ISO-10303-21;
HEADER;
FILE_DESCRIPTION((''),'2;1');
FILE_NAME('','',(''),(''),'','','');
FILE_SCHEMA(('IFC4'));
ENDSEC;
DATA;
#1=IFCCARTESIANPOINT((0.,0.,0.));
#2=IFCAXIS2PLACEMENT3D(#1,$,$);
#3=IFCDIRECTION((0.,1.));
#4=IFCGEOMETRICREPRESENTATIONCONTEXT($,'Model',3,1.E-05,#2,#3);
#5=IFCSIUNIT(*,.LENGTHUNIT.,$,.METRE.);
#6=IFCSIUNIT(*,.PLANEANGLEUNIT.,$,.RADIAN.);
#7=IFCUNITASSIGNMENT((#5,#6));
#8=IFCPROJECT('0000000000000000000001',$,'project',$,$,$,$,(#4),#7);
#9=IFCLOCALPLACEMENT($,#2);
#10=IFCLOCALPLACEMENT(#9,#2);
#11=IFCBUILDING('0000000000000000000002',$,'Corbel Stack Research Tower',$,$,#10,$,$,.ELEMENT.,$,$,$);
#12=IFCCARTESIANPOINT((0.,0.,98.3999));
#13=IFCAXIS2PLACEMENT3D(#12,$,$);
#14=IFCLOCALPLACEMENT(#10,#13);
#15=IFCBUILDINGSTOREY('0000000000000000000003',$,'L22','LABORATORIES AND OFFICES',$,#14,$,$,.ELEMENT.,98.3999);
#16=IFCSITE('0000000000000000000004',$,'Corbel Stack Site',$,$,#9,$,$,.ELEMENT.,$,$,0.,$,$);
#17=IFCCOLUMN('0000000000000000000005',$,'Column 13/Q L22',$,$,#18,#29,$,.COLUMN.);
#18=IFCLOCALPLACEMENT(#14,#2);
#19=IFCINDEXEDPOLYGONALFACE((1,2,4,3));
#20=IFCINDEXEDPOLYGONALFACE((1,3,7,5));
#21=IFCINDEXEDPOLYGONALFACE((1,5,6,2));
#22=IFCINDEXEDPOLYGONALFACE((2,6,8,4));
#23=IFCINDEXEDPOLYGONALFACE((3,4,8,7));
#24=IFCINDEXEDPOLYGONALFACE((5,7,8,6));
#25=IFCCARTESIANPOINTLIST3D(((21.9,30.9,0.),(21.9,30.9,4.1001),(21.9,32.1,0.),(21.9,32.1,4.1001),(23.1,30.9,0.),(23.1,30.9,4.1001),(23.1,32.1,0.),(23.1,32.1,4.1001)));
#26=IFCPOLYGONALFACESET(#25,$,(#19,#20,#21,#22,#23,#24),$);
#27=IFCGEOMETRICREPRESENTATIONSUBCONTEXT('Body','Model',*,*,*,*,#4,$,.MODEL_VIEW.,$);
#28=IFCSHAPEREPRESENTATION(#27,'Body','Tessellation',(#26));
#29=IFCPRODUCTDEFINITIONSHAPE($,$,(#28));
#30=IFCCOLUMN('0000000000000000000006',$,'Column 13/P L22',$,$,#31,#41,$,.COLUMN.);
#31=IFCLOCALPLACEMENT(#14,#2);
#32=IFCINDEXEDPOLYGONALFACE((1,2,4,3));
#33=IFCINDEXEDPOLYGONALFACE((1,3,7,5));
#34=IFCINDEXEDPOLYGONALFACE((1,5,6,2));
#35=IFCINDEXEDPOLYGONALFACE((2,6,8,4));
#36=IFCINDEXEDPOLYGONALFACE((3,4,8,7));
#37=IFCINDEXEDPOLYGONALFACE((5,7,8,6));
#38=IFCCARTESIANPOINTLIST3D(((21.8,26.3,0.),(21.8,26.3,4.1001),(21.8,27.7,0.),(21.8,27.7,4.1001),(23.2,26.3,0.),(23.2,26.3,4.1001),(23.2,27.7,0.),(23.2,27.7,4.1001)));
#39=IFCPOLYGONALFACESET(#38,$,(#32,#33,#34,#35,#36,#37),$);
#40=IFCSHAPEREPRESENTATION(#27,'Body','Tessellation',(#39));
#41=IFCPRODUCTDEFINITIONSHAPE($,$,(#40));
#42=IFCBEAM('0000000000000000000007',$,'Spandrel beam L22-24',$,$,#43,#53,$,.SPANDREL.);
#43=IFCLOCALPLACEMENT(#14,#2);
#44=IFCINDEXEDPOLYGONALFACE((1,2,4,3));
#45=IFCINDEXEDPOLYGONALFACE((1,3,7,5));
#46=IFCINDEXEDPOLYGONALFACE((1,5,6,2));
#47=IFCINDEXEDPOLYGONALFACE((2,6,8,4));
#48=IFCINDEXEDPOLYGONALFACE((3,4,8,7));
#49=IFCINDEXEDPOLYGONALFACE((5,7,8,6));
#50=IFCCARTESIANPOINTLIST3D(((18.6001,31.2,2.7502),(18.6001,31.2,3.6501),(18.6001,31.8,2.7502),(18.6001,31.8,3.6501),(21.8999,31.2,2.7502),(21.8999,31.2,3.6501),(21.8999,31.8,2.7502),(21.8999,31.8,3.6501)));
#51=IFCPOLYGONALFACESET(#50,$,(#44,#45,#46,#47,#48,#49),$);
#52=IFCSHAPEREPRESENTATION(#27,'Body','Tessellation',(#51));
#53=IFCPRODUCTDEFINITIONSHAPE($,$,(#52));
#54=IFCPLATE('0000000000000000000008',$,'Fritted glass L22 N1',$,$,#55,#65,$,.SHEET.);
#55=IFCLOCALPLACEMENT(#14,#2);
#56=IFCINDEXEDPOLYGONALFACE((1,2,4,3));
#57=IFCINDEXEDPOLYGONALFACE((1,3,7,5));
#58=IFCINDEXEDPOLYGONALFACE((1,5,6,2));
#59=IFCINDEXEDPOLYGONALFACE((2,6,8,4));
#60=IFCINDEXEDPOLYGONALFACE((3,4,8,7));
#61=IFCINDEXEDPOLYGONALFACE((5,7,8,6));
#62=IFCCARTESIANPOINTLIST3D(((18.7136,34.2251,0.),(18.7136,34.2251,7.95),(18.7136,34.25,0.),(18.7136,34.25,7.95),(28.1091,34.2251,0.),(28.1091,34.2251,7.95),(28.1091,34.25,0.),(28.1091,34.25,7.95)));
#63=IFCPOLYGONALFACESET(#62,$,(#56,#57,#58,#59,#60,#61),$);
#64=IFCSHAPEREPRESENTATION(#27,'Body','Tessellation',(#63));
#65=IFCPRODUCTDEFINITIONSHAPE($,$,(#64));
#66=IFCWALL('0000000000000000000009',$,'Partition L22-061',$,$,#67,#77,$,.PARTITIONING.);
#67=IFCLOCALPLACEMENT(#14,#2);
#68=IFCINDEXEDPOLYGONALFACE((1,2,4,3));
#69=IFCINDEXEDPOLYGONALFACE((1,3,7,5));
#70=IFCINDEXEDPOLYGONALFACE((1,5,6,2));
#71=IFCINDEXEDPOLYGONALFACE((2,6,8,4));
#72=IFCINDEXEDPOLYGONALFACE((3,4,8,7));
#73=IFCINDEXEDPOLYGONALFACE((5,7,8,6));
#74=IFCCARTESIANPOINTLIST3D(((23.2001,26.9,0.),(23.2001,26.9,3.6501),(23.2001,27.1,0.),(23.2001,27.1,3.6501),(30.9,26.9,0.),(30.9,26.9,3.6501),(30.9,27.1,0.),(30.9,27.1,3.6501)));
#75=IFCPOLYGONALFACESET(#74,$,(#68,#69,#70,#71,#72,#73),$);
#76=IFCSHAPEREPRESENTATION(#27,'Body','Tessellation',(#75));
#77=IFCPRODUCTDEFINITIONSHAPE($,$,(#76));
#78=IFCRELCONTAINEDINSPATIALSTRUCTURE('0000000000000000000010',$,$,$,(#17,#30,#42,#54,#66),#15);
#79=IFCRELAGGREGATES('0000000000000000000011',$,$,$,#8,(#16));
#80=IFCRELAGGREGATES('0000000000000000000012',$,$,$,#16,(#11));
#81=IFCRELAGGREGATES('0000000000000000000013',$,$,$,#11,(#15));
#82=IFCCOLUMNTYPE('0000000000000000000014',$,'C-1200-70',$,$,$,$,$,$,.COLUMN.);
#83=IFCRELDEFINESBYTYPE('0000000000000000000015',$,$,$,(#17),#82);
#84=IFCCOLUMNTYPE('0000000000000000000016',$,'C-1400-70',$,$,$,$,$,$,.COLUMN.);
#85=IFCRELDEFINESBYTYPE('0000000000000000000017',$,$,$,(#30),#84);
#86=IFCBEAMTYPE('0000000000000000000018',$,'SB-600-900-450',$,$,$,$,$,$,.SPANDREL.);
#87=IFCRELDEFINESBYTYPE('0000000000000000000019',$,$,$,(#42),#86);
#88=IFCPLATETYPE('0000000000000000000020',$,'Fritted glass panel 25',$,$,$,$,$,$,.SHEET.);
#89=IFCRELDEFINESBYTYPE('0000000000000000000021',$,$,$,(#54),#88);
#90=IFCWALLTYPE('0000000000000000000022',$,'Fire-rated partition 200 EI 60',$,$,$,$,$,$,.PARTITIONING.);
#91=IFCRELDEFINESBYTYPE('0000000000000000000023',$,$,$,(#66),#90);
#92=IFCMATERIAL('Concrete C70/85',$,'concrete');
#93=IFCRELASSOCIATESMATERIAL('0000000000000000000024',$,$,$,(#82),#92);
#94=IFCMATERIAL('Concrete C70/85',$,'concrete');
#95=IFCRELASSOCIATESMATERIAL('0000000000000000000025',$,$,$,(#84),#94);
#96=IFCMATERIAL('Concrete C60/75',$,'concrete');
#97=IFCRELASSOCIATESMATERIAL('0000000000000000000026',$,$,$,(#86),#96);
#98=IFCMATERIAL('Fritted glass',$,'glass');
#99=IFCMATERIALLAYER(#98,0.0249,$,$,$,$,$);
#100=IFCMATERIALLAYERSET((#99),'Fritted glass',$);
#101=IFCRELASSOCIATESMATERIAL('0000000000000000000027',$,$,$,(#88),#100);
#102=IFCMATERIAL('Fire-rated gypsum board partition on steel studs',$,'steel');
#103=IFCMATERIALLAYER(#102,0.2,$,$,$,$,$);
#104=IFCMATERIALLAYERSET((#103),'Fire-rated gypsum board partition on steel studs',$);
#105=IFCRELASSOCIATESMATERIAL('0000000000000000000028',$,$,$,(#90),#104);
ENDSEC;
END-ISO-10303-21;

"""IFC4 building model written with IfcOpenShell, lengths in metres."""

from ifc_helpers import new_model, si_unit, direction, frame, frame_2d, origin, origin_2d, place, context, subcontext, project, spatial, rectangle, extrude, material, layer, layer_set, material_profile, profile_set, type_object, element, save


model = new_model("IFC4")

# Units and contexts
model_context = context("Model", 3, precision=1e-05, world=origin(), true_north=direction((0.0, 1.0)))
body_context = subcontext(model_context, "Body", "Model", "MODEL_VIEW")
ifc_project = project(units=[si_unit("LENGTHUNIT", "METRE"), si_unit("PLANEANGLEUNIT", "RADIAN")], contexts=[model_context])

# Site, building, storey
site_placement = place(None, origin())
site = spatial("IfcSite", under=ifc_project, at=site_placement, Name="Corbel Stack Site", CompositionType="ELEMENT", RefElevation=0.0)
building_placement = place(site_placement, origin())
building = spatial("IfcBuilding", under=site, at=building_placement, Name="Corbel Stack Research Tower", CompositionType="ELEMENT")
storey_placement = place(building_placement, frame((0.0, 0.0, 98.3999)))
storey = spatial("IfcBuildingStorey", under=building, at=storey_placement, Name="L22", Description="LABORATORIES AND OFFICES", CompositionType="ELEMENT", Elevation=98.3999)

# Columns
ifc_material_1 = material(Name="Concrete C70/85", Category="concrete")
ifc_material_profile_1 = material_profile(ifc_material_1, rectangle(XDim=1.2, YDim=1.2, at=origin_2d()), Name="RC 1200 x 1200")
ifc_profile_set_1 = profile_set([ifc_material_profile_1], Name="Concrete C70/85")
column_type_1 = type_object("IfcColumnType", Name="C-1200-70", PredefinedType="COLUMN", material=ifc_profile_set_1)
column_1_placement = place(storey_placement, frame((22.5, 31.5, 0.0), z_axis=(0.0, 0.0, 1.0), x_axis=(1.0, 0.0, 0.0)))
element("IfcColumn", 1, at=column_1_placement, inside=storey, type_object=column_type_1, Name="Column 13/Q L22", PredefinedType="COLUMN", context=body_context, shape_type="SweptSolid", body=[
    extrude(rectangle(XDim=1.2, YDim=1.2, at=origin_2d()), origin(), (0.0, 0.0, 1.0), 4.1001),
])
ifc_material_2 = material(Name="Concrete C70/85", Category="concrete")
ifc_material_profile_2 = material_profile(ifc_material_2, rectangle(XDim=1.3999, YDim=1.3999, at=origin_2d()), Name="RC 1400 x 1400")
ifc_profile_set_2 = profile_set([ifc_material_profile_2], Name="Concrete C70/85")
column_type_2 = type_object("IfcColumnType", Name="C-1400-70", PredefinedType="COLUMN", material=ifc_profile_set_2)
column_2_placement = place(storey_placement, frame((22.5, 27.0, 0.0), z_axis=(0.0, 0.0, 1.0), x_axis=(1.0, 0.0, 0.0)))
element("IfcColumn", 2, at=column_2_placement, inside=storey, type_object=column_type_2, Name="Column 13/P L22", PredefinedType="COLUMN", context=body_context, shape_type="SweptSolid", body=[
    extrude(rectangle(XDim=1.3999, YDim=1.3999, at=origin_2d()), origin(), (0.0, 0.0, 1.0), 4.1001),
])

# Beam
ifc_material_3 = material(Name="Concrete C60/75", Category="concrete")
ifc_material_profile_3 = material_profile(ifc_material_3, rectangle(XDim=0.6001, YDim=0.8999, at=origin_2d()), Name="RC 600 x 900")
ifc_profile_set_3 = profile_set([ifc_material_profile_3], Name="Concrete C60/75")
beam_type = type_object("IfcBeamType", Name="SB-600-900-450", PredefinedType="SPANDREL", material=ifc_profile_set_3)
beam_placement = place(storey_placement, frame((21.8999, 31.5, 3.2002), z_axis=(-1.0, 0.0, 0.0), x_axis=(0.0, -1.0, 0.0)))
element("IfcBeam", 3, at=beam_placement, inside=storey, type_object=beam_type, Name="Spandrel beam L22-24", PredefinedType="SPANDREL", context=body_context, shape_type="SweptSolid", body=[
    extrude(rectangle(XDim=0.6001, YDim=0.8999, at=origin_2d()), origin(), (0.0, 0.0, 1.0), 3.2998),
])

# Plate
ifc_material_4 = material(Name="Fritted glass", Category="glass")
ifc_layer_1 = layer(ifc_material_4, 0.0249)
ifc_layer_set_1 = layer_set([ifc_layer_1], Name="Fritted glass")
plate_type = type_object("IfcPlateType", Name="Fritted glass panel 25", PredefinedType="SHEET", material=ifc_layer_set_1)
plate_placement = place(storey_placement, frame((23.4114, 34.2375, 0.0), z_axis=(0.0, 0.0, 1.0), x_axis=(-1.0, 0.0, 0.0)))
element("IfcPlate", 4, at=plate_placement, inside=storey, type_object=plate_type, Name="Fritted glass L22 N1", PredefinedType="SHEET", context=body_context, shape_type="SweptSolid", body=[
    extrude(rectangle(XDim=9.3955, YDim=0.0249, at=origin_2d()), origin(), (0.0, 0.0, 1.0), 7.95),
])

# Wall
ifc_material_5 = material(Name="Fire-rated gypsum board partition on steel studs", Category="steel")
ifc_layer_2 = layer(ifc_material_5, 0.2)
ifc_layer_set_2 = layer_set([ifc_layer_2], Name="Fire-rated gypsum board partition on steel studs")
wall_type_1 = type_object("IfcWallType", Name="Fire-rated partition 200 EI 60", PredefinedType="PARTITIONING", material=ifc_layer_set_2)
wall_1_placement = place(storey_placement, frame((23.2, 27.0, 0.0), z_axis=(0.0, 0.0, 1.0), x_axis=(1.0, 0.0, 0.0)))
element("IfcWall", 5, at=wall_1_placement, inside=storey, type_object=wall_type_1, Name="Partition L22-061", PredefinedType="PARTITIONING", context=body_context, shape_type="SweptSolid", body=[
    extrude(rectangle(XDim=7.7, YDim=0.2, at=frame_2d((3.8501, 0.0))), origin(), (0.0, 0.0, 1.0), 3.6501),
])

save(model, "model.ifc")
